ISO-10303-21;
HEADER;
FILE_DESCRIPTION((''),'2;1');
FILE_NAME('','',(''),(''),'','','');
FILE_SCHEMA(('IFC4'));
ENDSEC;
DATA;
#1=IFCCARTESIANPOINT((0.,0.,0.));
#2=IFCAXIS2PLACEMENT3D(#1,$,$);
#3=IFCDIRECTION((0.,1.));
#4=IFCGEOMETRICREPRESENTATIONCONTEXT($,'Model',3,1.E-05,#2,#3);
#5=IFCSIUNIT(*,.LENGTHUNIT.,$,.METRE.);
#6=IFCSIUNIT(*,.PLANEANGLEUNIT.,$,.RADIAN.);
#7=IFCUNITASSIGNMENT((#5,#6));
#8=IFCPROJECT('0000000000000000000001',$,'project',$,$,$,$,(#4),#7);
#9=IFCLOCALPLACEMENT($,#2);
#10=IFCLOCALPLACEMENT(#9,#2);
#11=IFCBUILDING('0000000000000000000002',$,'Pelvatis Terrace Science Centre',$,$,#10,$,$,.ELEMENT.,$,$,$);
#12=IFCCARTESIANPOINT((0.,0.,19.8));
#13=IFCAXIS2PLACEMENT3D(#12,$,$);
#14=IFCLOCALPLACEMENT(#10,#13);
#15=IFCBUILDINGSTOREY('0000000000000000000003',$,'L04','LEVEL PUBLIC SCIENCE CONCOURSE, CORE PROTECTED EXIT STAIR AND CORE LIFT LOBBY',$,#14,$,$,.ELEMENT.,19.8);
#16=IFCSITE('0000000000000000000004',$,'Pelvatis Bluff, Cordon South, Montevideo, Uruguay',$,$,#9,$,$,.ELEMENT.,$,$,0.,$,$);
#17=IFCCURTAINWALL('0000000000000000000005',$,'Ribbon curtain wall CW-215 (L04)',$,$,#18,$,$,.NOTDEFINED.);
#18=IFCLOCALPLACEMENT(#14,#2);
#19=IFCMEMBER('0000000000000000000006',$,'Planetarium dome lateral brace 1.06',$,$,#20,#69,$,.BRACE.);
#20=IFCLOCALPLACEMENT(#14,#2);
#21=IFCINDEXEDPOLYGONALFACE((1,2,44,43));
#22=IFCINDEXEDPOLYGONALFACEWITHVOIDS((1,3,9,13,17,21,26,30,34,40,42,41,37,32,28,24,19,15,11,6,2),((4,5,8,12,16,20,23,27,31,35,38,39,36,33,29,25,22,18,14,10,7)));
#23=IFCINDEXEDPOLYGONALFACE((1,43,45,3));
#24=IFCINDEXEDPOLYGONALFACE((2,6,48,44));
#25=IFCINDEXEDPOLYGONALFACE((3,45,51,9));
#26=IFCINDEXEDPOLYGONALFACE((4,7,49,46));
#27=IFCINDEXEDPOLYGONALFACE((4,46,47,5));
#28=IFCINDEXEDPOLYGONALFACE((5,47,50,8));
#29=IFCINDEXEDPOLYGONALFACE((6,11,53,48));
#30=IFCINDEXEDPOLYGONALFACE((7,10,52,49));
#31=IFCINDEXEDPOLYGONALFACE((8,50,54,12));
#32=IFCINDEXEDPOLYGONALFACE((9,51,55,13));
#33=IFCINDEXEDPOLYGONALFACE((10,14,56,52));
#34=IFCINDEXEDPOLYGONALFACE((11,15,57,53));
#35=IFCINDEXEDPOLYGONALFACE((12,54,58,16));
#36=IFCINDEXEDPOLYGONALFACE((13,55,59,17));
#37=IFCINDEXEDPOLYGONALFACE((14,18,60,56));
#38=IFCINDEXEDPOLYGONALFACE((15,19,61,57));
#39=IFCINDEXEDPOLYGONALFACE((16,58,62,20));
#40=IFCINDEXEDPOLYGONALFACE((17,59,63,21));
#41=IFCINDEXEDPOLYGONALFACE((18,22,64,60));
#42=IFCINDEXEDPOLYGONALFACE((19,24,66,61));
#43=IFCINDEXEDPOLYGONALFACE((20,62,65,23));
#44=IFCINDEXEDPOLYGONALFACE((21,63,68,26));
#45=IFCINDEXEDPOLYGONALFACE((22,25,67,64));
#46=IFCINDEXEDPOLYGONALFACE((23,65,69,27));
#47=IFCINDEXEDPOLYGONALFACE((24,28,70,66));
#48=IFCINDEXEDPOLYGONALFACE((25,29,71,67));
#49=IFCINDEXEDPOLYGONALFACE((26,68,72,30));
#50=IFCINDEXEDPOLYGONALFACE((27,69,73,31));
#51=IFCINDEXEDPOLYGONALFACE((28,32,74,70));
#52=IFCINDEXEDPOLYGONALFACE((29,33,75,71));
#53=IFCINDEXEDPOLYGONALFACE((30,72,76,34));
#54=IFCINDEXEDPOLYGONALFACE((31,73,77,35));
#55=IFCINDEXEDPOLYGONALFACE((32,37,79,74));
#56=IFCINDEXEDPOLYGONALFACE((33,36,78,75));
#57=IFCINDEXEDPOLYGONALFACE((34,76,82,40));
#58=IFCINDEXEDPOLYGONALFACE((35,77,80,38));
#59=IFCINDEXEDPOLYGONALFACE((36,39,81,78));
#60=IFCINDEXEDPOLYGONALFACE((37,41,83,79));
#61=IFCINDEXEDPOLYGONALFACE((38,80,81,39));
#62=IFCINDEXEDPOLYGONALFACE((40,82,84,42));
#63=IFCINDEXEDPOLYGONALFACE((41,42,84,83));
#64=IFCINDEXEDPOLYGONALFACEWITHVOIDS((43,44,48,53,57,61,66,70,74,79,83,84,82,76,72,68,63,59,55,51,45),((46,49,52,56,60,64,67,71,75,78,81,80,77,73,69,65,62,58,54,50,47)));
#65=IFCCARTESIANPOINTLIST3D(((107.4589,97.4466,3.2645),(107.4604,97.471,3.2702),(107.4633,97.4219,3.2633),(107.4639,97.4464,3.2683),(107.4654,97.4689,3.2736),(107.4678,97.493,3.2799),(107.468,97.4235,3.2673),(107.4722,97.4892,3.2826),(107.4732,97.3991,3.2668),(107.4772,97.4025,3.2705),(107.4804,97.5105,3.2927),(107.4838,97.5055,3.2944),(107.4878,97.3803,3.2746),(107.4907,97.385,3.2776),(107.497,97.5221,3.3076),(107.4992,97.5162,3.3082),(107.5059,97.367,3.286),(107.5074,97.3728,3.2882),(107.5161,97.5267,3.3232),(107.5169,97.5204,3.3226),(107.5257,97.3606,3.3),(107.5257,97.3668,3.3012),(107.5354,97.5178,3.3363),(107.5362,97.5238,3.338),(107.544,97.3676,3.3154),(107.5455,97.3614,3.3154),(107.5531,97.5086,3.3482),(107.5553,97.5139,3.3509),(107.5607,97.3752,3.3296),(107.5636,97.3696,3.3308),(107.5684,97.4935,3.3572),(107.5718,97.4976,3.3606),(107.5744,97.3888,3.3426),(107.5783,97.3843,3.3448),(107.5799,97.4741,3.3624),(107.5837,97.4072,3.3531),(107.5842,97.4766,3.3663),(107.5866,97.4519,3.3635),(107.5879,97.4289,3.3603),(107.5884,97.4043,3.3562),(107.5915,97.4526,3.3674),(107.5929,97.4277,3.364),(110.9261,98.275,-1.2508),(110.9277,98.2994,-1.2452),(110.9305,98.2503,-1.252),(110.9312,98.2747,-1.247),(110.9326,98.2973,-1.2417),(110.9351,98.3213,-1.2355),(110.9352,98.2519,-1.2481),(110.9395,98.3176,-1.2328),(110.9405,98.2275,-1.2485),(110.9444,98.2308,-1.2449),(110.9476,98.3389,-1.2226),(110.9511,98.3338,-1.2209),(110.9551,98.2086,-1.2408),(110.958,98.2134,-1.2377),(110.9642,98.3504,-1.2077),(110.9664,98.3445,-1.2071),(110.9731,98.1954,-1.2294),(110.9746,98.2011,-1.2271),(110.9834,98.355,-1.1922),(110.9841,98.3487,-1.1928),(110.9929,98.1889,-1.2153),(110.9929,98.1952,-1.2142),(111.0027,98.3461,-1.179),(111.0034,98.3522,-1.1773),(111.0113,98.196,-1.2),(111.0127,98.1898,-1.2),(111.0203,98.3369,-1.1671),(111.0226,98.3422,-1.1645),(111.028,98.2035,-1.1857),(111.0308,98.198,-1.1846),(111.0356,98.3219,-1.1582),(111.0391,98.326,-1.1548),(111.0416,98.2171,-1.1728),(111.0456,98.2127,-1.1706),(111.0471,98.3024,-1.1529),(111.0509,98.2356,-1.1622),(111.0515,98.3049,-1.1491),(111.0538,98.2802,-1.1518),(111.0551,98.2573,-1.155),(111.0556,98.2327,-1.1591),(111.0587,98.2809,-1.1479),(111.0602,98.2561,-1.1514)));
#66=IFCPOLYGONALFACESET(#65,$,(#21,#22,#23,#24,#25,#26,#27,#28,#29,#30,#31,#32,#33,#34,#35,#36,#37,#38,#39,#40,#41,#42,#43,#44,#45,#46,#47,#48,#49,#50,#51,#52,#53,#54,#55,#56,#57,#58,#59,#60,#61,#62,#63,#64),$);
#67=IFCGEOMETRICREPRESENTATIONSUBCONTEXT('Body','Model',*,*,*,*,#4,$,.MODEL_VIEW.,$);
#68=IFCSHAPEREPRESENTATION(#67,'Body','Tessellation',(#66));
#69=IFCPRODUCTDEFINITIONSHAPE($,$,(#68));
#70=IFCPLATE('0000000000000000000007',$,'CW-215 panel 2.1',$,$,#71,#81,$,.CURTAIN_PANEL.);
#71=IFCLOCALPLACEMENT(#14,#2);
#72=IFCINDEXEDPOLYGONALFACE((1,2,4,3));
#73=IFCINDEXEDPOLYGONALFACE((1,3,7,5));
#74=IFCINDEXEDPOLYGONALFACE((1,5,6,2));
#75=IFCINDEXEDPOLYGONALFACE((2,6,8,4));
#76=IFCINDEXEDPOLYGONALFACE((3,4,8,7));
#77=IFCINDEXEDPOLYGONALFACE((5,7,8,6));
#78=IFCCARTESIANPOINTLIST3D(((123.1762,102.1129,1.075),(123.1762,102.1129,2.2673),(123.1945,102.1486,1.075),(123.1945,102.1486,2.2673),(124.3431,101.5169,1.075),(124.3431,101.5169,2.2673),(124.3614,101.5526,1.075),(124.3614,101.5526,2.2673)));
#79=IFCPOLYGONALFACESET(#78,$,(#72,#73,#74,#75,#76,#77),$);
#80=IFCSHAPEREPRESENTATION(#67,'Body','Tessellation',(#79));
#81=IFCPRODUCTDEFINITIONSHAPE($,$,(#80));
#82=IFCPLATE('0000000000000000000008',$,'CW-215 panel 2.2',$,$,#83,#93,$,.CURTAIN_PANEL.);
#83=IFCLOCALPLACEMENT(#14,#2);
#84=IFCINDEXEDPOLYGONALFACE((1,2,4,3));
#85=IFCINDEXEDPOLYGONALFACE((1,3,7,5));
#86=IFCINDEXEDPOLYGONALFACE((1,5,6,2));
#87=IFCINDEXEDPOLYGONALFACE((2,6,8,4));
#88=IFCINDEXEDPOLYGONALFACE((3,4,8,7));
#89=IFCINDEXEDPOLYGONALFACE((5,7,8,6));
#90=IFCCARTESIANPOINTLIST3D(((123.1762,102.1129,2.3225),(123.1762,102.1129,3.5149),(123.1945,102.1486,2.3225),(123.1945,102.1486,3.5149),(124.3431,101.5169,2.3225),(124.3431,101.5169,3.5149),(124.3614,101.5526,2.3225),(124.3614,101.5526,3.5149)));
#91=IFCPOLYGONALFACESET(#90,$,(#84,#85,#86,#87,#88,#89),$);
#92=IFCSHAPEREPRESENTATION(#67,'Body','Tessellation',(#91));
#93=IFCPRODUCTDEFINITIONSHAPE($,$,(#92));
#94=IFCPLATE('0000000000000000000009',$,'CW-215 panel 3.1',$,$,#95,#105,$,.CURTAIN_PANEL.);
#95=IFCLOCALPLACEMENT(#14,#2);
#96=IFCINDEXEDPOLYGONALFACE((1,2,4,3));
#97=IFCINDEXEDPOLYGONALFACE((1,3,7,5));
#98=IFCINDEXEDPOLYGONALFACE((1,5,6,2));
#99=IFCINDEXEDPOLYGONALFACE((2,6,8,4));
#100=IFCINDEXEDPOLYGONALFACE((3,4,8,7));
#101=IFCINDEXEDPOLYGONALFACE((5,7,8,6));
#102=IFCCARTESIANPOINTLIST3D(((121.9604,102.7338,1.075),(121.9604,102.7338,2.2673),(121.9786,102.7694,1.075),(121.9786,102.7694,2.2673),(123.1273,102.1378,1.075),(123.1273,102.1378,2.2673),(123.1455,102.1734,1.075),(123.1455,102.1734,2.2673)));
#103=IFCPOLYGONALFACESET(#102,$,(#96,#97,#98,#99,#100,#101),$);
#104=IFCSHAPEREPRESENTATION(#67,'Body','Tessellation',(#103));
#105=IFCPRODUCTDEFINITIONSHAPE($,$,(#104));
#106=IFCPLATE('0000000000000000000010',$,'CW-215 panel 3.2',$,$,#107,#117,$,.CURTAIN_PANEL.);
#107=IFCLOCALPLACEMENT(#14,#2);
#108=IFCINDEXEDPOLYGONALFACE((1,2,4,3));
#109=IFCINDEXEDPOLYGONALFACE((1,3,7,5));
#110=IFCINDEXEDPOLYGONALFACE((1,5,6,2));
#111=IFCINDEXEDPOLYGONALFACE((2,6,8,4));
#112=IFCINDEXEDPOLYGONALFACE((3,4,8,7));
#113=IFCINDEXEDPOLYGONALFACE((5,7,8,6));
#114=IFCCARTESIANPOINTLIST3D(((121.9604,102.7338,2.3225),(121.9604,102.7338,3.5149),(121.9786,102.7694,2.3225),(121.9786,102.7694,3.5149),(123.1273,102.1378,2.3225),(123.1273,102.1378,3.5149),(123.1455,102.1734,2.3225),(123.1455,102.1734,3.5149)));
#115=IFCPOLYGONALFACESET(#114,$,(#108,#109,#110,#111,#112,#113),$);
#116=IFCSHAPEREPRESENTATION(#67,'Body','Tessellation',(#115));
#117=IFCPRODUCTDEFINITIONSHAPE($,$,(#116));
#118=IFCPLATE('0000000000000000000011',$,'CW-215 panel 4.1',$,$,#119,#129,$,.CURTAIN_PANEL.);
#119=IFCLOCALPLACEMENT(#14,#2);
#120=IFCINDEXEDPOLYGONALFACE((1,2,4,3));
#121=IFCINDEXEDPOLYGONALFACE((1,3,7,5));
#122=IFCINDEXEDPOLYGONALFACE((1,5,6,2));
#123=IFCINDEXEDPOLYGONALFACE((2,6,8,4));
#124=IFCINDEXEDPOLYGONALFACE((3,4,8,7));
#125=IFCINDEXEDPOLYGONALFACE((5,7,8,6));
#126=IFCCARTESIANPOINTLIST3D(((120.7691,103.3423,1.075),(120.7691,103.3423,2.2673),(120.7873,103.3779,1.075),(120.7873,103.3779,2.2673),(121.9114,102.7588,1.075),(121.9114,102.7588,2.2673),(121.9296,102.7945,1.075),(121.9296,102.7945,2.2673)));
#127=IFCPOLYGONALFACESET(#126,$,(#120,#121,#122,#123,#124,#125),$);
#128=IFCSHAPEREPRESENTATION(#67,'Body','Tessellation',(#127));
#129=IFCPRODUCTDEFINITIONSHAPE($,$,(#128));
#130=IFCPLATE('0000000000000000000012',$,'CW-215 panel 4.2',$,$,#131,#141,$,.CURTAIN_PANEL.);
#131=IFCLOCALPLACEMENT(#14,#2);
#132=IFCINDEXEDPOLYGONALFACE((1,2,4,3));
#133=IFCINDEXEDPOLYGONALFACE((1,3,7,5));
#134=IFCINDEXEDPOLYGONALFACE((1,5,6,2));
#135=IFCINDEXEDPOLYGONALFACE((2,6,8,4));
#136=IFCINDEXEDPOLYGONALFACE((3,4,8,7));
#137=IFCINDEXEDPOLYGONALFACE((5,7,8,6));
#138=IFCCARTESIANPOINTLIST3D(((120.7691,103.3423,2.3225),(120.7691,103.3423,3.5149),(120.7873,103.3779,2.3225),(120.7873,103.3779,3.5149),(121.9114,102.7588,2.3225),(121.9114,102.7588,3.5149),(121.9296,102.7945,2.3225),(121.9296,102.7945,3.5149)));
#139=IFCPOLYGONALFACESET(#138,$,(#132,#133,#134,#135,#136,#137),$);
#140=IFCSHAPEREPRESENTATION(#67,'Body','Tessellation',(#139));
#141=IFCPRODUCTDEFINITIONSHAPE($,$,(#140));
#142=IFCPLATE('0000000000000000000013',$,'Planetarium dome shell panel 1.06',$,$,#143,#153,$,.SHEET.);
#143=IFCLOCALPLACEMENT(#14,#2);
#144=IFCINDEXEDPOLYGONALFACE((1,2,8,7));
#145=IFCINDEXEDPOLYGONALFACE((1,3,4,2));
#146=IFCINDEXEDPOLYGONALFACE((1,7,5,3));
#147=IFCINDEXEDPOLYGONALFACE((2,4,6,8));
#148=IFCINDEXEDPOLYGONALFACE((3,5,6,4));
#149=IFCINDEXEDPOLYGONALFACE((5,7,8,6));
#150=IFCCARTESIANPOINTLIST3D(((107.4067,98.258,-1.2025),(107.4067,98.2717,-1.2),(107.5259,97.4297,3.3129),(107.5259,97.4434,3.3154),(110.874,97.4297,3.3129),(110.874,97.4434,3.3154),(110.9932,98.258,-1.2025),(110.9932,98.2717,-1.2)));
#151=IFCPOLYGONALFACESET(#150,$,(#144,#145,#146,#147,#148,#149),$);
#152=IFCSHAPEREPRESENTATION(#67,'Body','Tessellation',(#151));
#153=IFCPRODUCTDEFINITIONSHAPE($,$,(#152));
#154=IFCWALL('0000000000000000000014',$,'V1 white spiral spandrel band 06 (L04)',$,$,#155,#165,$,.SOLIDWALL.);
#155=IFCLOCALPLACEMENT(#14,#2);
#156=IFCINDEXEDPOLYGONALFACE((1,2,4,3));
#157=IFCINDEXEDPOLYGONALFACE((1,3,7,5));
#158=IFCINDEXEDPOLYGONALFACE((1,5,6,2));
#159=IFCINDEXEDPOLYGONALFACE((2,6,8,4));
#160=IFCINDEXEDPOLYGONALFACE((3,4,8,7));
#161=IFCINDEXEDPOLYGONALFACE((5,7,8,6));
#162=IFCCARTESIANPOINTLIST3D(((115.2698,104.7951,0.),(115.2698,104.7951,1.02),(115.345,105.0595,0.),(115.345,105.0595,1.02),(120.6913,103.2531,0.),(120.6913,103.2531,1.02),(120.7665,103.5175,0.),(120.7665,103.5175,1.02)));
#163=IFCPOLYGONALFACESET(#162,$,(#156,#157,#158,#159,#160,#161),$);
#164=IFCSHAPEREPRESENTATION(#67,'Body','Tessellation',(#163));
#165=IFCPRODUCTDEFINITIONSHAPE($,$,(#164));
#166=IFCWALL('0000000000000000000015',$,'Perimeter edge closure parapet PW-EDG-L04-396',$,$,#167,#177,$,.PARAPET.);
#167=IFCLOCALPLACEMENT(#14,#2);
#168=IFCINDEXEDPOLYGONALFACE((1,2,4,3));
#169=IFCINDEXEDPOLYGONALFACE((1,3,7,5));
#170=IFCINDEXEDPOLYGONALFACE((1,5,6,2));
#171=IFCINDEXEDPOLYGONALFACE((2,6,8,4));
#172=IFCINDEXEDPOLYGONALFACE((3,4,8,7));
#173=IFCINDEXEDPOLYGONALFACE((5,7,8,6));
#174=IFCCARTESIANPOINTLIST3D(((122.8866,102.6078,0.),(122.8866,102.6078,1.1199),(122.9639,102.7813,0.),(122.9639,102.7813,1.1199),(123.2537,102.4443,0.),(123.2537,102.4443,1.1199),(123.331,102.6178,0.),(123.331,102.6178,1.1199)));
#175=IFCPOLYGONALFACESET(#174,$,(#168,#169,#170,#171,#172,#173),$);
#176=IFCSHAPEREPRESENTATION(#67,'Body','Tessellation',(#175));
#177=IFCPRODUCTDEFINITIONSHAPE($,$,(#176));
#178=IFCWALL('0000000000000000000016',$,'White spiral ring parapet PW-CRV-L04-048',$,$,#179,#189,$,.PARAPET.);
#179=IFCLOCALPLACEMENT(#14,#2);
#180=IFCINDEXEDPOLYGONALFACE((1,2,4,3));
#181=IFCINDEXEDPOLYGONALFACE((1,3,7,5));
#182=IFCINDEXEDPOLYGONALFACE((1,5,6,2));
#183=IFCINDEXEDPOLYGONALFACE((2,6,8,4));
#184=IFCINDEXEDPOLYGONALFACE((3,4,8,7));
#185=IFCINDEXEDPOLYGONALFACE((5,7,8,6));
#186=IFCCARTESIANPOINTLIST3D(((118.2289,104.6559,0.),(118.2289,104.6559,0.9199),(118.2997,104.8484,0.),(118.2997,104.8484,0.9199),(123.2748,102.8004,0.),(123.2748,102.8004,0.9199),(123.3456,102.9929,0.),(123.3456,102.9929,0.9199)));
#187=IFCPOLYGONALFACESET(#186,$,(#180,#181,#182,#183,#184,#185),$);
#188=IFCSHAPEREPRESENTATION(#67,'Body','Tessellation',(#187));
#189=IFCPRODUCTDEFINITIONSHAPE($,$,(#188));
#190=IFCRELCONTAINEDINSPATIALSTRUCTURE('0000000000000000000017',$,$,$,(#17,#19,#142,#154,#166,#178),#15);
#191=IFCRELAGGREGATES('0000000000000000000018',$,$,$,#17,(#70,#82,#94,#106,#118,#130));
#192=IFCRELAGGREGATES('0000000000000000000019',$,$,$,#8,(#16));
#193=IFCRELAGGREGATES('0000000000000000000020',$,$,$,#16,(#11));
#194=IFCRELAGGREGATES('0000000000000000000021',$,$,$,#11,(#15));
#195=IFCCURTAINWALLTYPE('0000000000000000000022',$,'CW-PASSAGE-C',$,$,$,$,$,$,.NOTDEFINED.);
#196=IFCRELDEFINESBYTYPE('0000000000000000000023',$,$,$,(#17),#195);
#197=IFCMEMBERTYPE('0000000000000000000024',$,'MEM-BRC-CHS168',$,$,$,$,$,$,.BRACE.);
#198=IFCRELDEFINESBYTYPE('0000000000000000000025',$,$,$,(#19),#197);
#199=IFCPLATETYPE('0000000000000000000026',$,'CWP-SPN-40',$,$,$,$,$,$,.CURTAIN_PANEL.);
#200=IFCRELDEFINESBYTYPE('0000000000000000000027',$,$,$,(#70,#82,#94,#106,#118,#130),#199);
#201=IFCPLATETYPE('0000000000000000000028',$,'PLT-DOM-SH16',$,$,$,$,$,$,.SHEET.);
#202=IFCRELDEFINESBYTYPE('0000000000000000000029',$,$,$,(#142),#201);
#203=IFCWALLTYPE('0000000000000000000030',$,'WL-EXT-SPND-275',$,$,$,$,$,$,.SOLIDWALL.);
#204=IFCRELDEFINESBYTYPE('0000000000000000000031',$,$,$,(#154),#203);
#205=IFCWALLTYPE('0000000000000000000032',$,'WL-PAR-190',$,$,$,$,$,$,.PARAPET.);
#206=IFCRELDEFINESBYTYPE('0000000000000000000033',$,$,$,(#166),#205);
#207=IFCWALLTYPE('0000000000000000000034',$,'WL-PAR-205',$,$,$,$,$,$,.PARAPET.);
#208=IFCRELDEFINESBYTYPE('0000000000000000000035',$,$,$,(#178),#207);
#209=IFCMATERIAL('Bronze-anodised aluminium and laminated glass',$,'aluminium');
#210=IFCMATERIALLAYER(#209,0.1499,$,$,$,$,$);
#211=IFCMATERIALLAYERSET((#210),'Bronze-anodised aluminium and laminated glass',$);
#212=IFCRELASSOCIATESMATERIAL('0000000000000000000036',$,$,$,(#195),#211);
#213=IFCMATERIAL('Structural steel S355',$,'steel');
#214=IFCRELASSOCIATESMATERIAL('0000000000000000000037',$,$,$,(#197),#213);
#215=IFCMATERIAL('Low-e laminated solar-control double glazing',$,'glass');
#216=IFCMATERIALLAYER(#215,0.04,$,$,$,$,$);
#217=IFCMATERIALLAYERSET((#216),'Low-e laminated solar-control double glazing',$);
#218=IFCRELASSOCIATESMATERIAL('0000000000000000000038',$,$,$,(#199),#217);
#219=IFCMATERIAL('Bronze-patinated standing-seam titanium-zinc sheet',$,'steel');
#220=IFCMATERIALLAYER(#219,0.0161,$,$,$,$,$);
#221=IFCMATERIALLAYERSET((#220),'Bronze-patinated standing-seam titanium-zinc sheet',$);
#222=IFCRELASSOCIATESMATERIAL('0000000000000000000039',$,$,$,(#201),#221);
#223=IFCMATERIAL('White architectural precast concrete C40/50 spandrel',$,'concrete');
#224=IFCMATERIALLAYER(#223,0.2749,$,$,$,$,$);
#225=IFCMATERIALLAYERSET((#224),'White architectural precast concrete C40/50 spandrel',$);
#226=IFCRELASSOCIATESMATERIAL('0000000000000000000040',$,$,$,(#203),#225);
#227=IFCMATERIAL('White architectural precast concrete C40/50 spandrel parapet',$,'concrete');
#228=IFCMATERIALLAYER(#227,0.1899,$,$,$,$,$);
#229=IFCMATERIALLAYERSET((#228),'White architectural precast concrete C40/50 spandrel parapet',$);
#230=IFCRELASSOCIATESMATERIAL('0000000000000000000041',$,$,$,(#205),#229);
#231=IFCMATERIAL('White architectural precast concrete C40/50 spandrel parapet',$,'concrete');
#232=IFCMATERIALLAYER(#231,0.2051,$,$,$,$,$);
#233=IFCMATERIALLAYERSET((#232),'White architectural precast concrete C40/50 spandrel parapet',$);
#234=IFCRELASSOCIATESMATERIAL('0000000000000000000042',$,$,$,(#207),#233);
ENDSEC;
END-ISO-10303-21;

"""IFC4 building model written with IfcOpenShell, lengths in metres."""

from ifc_helpers import new_model, si_unit, direction, frame, frame_2d, origin, origin_2d, place, context, subcontext, project, spatial, polyline, rectangle, hollow_circle, outline, extrude, material, layer, layer_set, material_profile, profile_set, type_object, element, aggregate, save


model = new_model("IFC4")

# Units and contexts
model_context = context("Model", 3, precision=1e-05, world=origin(), true_north=direction((0.0, 1.0)))
body_context = subcontext(model_context, "Body", "Model", "MODEL_VIEW")
ifc_project = project(units=[si_unit("LENGTHUNIT", "METRE"), si_unit("PLANEANGLEUNIT", "RADIAN")], contexts=[model_context])

# Site, building, storey
site_placement = place(None, origin())
site = spatial("IfcSite", under=ifc_project, at=site_placement, Name="Pelvatis Bluff, Cordon South, Montevideo, Uruguay", CompositionType="ELEMENT", RefElevation=0.0)
building_placement = place(site_placement, origin())
building = spatial("IfcBuilding", under=site, at=building_placement, Name="Pelvatis Terrace Science Centre", CompositionType="ELEMENT")
storey_placement = place(building_placement, frame((0.0, 0.0, 19.8)))
storey = spatial("IfcBuildingStorey", under=building, at=storey_placement, Name="L04", Description="LEVEL PUBLIC SCIENCE CONCOURSE, CORE PROTECTED EXIT STAIR AND CORE LIFT LOBBY", CompositionType="ELEMENT", Elevation=19.8)

# Curtain wall
ifc_material_1 = material(Name="Bronze-anodised aluminium and laminated glass", Category="aluminium")
ifc_layer_1 = layer(ifc_material_1, 0.1499)
ifc_layer_set_1 = layer_set([ifc_layer_1], Name="Bronze-anodised aluminium and laminated glass")
curtain_wall_type = type_object("IfcCurtainWallType", Name="CW-PASSAGE-C", PredefinedType="NOTDEFINED", material=ifc_layer_set_1)
curtain_wall_1_placement = place(storey_placement, origin())
curtain_wall_1 = element("IfcCurtainWall", 1, at=curtain_wall_1_placement, inside=storey, type_object=curtain_wall_type, Name="Ribbon curtain wall CW-215 (L04)", PredefinedType="NOTDEFINED")

# Member
ifc_material_2 = material(Name="Structural steel S355", Category="steel")
ifc_material_profile_1 = material_profile(ifc_material_2, hollow_circle(Radius=0.0842, WallThickness=0.0063, at=origin_2d()), Name="CHS 168.3x6.3")
ifc_profile_set_1 = profile_set([ifc_material_profile_1], Name="Structural steel S355")
member_type_1 = type_object("IfcMemberType", Name="MEM-BRC-CHS168", PredefinedType="BRACE", material=ifc_profile_set_1)
member_1_placement = place(storey_placement, frame((110.9932, 98.2717, -1.2), z_axis=(-0.602692, -0.143989, 0.784875), x_axis=(0.23237, -0.972627, 0.0)))
element("IfcMember", 2, at=member_1_placement, inside=storey, type_object=member_type_1, Name="Planetarium dome lateral brace 1.06", PredefinedType="BRACE", context=body_context, shape_type="SweptSolid", body=[
    extrude(hollow_circle(Radius=0.0842, WallThickness=0.0063, at=origin_2d()), origin(), (0.0, 0.0, 1.0), 5.7529),
])

# Plates
ifc_material_3 = material(Name="Low-e laminated solar-control double glazing", Category="glass")
ifc_layer_2 = layer(ifc_material_3, 0.04)
ifc_layer_set_2 = layer_set([ifc_layer_2], Name="Low-e laminated solar-control double glazing")
plate_type_1 = type_object("IfcPlateType", Name="CWP-SPN-40", PredefinedType="CURTAIN_PANEL", material=ifc_layer_set_2)
plate_1_placement = place(storey_placement, frame((123.7688, 101.8328, 1.075), z_axis=(0.0, 0.0, 1.0), x_axis=(-0.890564, 0.454859, 0.0)))
plate_1 = element("IfcPlate", 3, at=plate_1_placement, type_object=plate_type_1, Name="CW-215 panel 2.1", PredefinedType="CURTAIN_PANEL", context=body_context, shape_type="SweptSolid", body=[
    extrude(rectangle(XDim=1.3103, YDim=0.04, at=origin_2d()), origin(), (0.0, 0.0, 1.0), 1.1924),
])
plate_2_placement = place(storey_placement, frame((123.7688, 101.8328, 2.3225), z_axis=(0.0, 0.0, 1.0), x_axis=(-0.890564, 0.454859, 0.0)))
plate_2 = element("IfcPlate", 4, at=plate_2_placement, type_object=plate_type_1, Name="CW-215 panel 2.2", PredefinedType="CURTAIN_PANEL", context=body_context, shape_type="SweptSolid", body=[
    extrude(rectangle(XDim=1.3103, YDim=0.04, at=origin_2d()), origin(), (0.0, 0.0, 1.0), 1.1924),
])
plate_3_placement = place(storey_placement, frame((122.553, 102.4536, 1.075), z_axis=(0.0, 0.0, 1.0), x_axis=(-0.890564, 0.454859, 0.0)))
plate_3 = element("IfcPlate", 5, at=plate_3_placement, type_object=plate_type_1, Name="CW-215 panel 3.1", PredefinedType="CURTAIN_PANEL", context=body_context, shape_type="SweptSolid", body=[
    extrude(rectangle(XDim=1.3103, YDim=0.04, at=origin_2d()), origin(), (0.0, 0.0, 1.0), 1.1924),
])
plate_4_placement = place(storey_placement, frame((122.553, 102.4536, 2.3225), z_axis=(0.0, 0.0, 1.0), x_axis=(-0.890564, 0.454859, 0.0)))
plate_4 = element("IfcPlate", 6, at=plate_4_placement, type_object=plate_type_1, Name="CW-215 panel 3.2", PredefinedType="CURTAIN_PANEL", context=body_context, shape_type="SweptSolid", body=[
    extrude(rectangle(XDim=1.3103, YDim=0.04, at=origin_2d()), origin(), (0.0, 0.0, 1.0), 1.1924),
])
plate_5_placement = place(storey_placement, frame((121.3494, 103.0684, 1.075), z_axis=(0.0, 0.0, 1.0), x_axis=(-0.890564, 0.454859, 0.0)))
plate_5 = element("IfcPlate", 7, at=plate_5_placement, type_object=plate_type_1, Name="CW-215 panel 4.1", PredefinedType="CURTAIN_PANEL", context=body_context, shape_type="SweptSolid", body=[
    extrude(rectangle(XDim=1.2827, YDim=0.04, at=origin_2d()), origin(), (0.0, 0.0, 1.0), 1.1924),
])
plate_6_placement = place(storey_placement, frame((121.3494, 103.0684, 2.3225), z_axis=(0.0, 0.0, 1.0), x_axis=(-0.890564, 0.454859, 0.0)))
plate_6 = element("IfcPlate", 8, at=plate_6_placement, type_object=plate_type_1, Name="CW-215 panel 4.2", PredefinedType="CURTAIN_PANEL", context=body_context, shape_type="SweptSolid", body=[
    extrude(rectangle(XDim=1.2827, YDim=0.04, at=origin_2d()), origin(), (0.0, 0.0, 1.0), 1.1924),
])
aggregate(curtain_wall_1, [plate_1, plate_2, plate_3, plate_4, plate_5, plate_6])
ifc_material_4 = material(Name="Bronze-patinated standing-seam titanium-zinc sheet", Category="steel")
ifc_layer_3 = layer(ifc_material_4, 0.0161)
ifc_layer_set_3 = layer_set([ifc_layer_3], Name="Bronze-patinated standing-seam titanium-zinc sheet")
plate_type_2 = type_object("IfcPlateType", Name="PLT-DOM-SH16", PredefinedType="SHEET", material=ifc_layer_set_3)
plate_7_placement = place(storey_placement, frame((110.9932, 98.2717, -1.2), z_axis=(0.0, 0.983585, 0.180444), x_axis=(-1.0, 0.0, 0.0)))
element("IfcPlate", 9, at=plate_7_placement, inside=storey, type_object=plate_type_2, Name="Planetarium dome shell panel 1.06", PredefinedType="SHEET", context=body_context, shape_type="SweptSolid", body=[
    extrude(outline(polyline([(0.0, 0.0), (3.5864, 0.0), (3.4673, 4.5907), (0.1191, 4.5907), (0.0, 0.0)])), origin(), (0.0, 0.0, -1.0), 0.0139),
])

# Walls
ifc_material_5 = material(Name="White architectural precast concrete C40/50 spandrel", Category="concrete")
ifc_layer_4 = layer(ifc_material_5, 0.2749)
ifc_layer_set_4 = layer_set([ifc_layer_4], Name="White architectural precast concrete C40/50 spandrel")
wall_type_1 = type_object("IfcWallType", Name="WL-EXT-SPND-275", PredefinedType="SOLIDWALL", material=ifc_layer_set_4)
wall_1_placement = place(storey_placement, frame((120.729, 103.3853, 0.0), z_axis=(0.0, 0.0, 1.0), x_axis=(-0.96185, 0.273577, 0.0)))
element("IfcWall", 10, at=wall_1_placement, inside=storey, type_object=wall_type_1, Name="V1 white spiral spandrel band 06 (L04)", PredefinedType="SOLIDWALL", context=body_context, shape_type="SweptSolid", body=[
    extrude(rectangle(XDim=5.6365, YDim=0.2749, at=frame_2d((2.8184, 0.0))), origin(), (0.0, 0.0, 1.0), 1.02),
])
ifc_material_6 = material(Name="White architectural precast concrete C40/50 spandrel parapet", Category="concrete")
ifc_layer_5 = layer(ifc_material_6, 0.1899)
ifc_layer_set_5 = layer_set([ifc_layer_5], Name="White architectural precast concrete C40/50 spandrel parapet")
wall_type_2 = type_object("IfcWallType", Name="WL-PAR-190", PredefinedType="PARAPET", material=ifc_layer_set_5)
wall_2_placement = place(storey_placement, frame((122.9253, 102.6946, 0.0), z_axis=(0.0, 0.0, 1.0), x_axis=(0.913461, -0.406927, 0.0)))
element("IfcWall", 11, at=wall_2_placement, inside=storey, type_object=wall_type_2, Name="Perimeter edge closure parapet PW-EDG-L04-396", PredefinedType="PARAPET", context=body_context, shape_type="SweptSolid", body=[
    extrude(rectangle(XDim=0.4019, YDim=0.1899, at=frame_2d((0.2009, 0.0))), origin(), (0.0, 0.0, 1.0), 1.1199),
])
ifc_material_7 = material(Name="White architectural precast concrete C40/50 spandrel parapet", Category="concrete")
ifc_layer_6 = layer(ifc_material_7, 0.2051)
ifc_layer_set_6 = layer_set([ifc_layer_6], Name="White architectural precast concrete C40/50 spandrel parapet")
wall_type_3 = type_object("IfcWallType", Name="WL-PAR-205", PredefinedType="PARAPET", material=ifc_layer_set_6)
wall_3_placement = place(storey_placement, frame((123.3101, 102.8967, 0.0), z_axis=(0.0, 0.0, 1.0), x_axis=(-0.938557, 0.345124, 0.0)))
element("IfcWall", 12, at=wall_3_placement, inside=storey, type_object=wall_type_3, Name="White spiral ring parapet PW-CRV-L04-048", PredefinedType="PARAPET", context=body_context, shape_type="SweptSolid", body=[
    extrude(rectangle(XDim=5.3762, YDim=0.2051, at=frame_2d((2.688, 0.0))), origin(), (0.0, 0.0, 1.0), 0.9199),
])

save(model, "model.ifc")
